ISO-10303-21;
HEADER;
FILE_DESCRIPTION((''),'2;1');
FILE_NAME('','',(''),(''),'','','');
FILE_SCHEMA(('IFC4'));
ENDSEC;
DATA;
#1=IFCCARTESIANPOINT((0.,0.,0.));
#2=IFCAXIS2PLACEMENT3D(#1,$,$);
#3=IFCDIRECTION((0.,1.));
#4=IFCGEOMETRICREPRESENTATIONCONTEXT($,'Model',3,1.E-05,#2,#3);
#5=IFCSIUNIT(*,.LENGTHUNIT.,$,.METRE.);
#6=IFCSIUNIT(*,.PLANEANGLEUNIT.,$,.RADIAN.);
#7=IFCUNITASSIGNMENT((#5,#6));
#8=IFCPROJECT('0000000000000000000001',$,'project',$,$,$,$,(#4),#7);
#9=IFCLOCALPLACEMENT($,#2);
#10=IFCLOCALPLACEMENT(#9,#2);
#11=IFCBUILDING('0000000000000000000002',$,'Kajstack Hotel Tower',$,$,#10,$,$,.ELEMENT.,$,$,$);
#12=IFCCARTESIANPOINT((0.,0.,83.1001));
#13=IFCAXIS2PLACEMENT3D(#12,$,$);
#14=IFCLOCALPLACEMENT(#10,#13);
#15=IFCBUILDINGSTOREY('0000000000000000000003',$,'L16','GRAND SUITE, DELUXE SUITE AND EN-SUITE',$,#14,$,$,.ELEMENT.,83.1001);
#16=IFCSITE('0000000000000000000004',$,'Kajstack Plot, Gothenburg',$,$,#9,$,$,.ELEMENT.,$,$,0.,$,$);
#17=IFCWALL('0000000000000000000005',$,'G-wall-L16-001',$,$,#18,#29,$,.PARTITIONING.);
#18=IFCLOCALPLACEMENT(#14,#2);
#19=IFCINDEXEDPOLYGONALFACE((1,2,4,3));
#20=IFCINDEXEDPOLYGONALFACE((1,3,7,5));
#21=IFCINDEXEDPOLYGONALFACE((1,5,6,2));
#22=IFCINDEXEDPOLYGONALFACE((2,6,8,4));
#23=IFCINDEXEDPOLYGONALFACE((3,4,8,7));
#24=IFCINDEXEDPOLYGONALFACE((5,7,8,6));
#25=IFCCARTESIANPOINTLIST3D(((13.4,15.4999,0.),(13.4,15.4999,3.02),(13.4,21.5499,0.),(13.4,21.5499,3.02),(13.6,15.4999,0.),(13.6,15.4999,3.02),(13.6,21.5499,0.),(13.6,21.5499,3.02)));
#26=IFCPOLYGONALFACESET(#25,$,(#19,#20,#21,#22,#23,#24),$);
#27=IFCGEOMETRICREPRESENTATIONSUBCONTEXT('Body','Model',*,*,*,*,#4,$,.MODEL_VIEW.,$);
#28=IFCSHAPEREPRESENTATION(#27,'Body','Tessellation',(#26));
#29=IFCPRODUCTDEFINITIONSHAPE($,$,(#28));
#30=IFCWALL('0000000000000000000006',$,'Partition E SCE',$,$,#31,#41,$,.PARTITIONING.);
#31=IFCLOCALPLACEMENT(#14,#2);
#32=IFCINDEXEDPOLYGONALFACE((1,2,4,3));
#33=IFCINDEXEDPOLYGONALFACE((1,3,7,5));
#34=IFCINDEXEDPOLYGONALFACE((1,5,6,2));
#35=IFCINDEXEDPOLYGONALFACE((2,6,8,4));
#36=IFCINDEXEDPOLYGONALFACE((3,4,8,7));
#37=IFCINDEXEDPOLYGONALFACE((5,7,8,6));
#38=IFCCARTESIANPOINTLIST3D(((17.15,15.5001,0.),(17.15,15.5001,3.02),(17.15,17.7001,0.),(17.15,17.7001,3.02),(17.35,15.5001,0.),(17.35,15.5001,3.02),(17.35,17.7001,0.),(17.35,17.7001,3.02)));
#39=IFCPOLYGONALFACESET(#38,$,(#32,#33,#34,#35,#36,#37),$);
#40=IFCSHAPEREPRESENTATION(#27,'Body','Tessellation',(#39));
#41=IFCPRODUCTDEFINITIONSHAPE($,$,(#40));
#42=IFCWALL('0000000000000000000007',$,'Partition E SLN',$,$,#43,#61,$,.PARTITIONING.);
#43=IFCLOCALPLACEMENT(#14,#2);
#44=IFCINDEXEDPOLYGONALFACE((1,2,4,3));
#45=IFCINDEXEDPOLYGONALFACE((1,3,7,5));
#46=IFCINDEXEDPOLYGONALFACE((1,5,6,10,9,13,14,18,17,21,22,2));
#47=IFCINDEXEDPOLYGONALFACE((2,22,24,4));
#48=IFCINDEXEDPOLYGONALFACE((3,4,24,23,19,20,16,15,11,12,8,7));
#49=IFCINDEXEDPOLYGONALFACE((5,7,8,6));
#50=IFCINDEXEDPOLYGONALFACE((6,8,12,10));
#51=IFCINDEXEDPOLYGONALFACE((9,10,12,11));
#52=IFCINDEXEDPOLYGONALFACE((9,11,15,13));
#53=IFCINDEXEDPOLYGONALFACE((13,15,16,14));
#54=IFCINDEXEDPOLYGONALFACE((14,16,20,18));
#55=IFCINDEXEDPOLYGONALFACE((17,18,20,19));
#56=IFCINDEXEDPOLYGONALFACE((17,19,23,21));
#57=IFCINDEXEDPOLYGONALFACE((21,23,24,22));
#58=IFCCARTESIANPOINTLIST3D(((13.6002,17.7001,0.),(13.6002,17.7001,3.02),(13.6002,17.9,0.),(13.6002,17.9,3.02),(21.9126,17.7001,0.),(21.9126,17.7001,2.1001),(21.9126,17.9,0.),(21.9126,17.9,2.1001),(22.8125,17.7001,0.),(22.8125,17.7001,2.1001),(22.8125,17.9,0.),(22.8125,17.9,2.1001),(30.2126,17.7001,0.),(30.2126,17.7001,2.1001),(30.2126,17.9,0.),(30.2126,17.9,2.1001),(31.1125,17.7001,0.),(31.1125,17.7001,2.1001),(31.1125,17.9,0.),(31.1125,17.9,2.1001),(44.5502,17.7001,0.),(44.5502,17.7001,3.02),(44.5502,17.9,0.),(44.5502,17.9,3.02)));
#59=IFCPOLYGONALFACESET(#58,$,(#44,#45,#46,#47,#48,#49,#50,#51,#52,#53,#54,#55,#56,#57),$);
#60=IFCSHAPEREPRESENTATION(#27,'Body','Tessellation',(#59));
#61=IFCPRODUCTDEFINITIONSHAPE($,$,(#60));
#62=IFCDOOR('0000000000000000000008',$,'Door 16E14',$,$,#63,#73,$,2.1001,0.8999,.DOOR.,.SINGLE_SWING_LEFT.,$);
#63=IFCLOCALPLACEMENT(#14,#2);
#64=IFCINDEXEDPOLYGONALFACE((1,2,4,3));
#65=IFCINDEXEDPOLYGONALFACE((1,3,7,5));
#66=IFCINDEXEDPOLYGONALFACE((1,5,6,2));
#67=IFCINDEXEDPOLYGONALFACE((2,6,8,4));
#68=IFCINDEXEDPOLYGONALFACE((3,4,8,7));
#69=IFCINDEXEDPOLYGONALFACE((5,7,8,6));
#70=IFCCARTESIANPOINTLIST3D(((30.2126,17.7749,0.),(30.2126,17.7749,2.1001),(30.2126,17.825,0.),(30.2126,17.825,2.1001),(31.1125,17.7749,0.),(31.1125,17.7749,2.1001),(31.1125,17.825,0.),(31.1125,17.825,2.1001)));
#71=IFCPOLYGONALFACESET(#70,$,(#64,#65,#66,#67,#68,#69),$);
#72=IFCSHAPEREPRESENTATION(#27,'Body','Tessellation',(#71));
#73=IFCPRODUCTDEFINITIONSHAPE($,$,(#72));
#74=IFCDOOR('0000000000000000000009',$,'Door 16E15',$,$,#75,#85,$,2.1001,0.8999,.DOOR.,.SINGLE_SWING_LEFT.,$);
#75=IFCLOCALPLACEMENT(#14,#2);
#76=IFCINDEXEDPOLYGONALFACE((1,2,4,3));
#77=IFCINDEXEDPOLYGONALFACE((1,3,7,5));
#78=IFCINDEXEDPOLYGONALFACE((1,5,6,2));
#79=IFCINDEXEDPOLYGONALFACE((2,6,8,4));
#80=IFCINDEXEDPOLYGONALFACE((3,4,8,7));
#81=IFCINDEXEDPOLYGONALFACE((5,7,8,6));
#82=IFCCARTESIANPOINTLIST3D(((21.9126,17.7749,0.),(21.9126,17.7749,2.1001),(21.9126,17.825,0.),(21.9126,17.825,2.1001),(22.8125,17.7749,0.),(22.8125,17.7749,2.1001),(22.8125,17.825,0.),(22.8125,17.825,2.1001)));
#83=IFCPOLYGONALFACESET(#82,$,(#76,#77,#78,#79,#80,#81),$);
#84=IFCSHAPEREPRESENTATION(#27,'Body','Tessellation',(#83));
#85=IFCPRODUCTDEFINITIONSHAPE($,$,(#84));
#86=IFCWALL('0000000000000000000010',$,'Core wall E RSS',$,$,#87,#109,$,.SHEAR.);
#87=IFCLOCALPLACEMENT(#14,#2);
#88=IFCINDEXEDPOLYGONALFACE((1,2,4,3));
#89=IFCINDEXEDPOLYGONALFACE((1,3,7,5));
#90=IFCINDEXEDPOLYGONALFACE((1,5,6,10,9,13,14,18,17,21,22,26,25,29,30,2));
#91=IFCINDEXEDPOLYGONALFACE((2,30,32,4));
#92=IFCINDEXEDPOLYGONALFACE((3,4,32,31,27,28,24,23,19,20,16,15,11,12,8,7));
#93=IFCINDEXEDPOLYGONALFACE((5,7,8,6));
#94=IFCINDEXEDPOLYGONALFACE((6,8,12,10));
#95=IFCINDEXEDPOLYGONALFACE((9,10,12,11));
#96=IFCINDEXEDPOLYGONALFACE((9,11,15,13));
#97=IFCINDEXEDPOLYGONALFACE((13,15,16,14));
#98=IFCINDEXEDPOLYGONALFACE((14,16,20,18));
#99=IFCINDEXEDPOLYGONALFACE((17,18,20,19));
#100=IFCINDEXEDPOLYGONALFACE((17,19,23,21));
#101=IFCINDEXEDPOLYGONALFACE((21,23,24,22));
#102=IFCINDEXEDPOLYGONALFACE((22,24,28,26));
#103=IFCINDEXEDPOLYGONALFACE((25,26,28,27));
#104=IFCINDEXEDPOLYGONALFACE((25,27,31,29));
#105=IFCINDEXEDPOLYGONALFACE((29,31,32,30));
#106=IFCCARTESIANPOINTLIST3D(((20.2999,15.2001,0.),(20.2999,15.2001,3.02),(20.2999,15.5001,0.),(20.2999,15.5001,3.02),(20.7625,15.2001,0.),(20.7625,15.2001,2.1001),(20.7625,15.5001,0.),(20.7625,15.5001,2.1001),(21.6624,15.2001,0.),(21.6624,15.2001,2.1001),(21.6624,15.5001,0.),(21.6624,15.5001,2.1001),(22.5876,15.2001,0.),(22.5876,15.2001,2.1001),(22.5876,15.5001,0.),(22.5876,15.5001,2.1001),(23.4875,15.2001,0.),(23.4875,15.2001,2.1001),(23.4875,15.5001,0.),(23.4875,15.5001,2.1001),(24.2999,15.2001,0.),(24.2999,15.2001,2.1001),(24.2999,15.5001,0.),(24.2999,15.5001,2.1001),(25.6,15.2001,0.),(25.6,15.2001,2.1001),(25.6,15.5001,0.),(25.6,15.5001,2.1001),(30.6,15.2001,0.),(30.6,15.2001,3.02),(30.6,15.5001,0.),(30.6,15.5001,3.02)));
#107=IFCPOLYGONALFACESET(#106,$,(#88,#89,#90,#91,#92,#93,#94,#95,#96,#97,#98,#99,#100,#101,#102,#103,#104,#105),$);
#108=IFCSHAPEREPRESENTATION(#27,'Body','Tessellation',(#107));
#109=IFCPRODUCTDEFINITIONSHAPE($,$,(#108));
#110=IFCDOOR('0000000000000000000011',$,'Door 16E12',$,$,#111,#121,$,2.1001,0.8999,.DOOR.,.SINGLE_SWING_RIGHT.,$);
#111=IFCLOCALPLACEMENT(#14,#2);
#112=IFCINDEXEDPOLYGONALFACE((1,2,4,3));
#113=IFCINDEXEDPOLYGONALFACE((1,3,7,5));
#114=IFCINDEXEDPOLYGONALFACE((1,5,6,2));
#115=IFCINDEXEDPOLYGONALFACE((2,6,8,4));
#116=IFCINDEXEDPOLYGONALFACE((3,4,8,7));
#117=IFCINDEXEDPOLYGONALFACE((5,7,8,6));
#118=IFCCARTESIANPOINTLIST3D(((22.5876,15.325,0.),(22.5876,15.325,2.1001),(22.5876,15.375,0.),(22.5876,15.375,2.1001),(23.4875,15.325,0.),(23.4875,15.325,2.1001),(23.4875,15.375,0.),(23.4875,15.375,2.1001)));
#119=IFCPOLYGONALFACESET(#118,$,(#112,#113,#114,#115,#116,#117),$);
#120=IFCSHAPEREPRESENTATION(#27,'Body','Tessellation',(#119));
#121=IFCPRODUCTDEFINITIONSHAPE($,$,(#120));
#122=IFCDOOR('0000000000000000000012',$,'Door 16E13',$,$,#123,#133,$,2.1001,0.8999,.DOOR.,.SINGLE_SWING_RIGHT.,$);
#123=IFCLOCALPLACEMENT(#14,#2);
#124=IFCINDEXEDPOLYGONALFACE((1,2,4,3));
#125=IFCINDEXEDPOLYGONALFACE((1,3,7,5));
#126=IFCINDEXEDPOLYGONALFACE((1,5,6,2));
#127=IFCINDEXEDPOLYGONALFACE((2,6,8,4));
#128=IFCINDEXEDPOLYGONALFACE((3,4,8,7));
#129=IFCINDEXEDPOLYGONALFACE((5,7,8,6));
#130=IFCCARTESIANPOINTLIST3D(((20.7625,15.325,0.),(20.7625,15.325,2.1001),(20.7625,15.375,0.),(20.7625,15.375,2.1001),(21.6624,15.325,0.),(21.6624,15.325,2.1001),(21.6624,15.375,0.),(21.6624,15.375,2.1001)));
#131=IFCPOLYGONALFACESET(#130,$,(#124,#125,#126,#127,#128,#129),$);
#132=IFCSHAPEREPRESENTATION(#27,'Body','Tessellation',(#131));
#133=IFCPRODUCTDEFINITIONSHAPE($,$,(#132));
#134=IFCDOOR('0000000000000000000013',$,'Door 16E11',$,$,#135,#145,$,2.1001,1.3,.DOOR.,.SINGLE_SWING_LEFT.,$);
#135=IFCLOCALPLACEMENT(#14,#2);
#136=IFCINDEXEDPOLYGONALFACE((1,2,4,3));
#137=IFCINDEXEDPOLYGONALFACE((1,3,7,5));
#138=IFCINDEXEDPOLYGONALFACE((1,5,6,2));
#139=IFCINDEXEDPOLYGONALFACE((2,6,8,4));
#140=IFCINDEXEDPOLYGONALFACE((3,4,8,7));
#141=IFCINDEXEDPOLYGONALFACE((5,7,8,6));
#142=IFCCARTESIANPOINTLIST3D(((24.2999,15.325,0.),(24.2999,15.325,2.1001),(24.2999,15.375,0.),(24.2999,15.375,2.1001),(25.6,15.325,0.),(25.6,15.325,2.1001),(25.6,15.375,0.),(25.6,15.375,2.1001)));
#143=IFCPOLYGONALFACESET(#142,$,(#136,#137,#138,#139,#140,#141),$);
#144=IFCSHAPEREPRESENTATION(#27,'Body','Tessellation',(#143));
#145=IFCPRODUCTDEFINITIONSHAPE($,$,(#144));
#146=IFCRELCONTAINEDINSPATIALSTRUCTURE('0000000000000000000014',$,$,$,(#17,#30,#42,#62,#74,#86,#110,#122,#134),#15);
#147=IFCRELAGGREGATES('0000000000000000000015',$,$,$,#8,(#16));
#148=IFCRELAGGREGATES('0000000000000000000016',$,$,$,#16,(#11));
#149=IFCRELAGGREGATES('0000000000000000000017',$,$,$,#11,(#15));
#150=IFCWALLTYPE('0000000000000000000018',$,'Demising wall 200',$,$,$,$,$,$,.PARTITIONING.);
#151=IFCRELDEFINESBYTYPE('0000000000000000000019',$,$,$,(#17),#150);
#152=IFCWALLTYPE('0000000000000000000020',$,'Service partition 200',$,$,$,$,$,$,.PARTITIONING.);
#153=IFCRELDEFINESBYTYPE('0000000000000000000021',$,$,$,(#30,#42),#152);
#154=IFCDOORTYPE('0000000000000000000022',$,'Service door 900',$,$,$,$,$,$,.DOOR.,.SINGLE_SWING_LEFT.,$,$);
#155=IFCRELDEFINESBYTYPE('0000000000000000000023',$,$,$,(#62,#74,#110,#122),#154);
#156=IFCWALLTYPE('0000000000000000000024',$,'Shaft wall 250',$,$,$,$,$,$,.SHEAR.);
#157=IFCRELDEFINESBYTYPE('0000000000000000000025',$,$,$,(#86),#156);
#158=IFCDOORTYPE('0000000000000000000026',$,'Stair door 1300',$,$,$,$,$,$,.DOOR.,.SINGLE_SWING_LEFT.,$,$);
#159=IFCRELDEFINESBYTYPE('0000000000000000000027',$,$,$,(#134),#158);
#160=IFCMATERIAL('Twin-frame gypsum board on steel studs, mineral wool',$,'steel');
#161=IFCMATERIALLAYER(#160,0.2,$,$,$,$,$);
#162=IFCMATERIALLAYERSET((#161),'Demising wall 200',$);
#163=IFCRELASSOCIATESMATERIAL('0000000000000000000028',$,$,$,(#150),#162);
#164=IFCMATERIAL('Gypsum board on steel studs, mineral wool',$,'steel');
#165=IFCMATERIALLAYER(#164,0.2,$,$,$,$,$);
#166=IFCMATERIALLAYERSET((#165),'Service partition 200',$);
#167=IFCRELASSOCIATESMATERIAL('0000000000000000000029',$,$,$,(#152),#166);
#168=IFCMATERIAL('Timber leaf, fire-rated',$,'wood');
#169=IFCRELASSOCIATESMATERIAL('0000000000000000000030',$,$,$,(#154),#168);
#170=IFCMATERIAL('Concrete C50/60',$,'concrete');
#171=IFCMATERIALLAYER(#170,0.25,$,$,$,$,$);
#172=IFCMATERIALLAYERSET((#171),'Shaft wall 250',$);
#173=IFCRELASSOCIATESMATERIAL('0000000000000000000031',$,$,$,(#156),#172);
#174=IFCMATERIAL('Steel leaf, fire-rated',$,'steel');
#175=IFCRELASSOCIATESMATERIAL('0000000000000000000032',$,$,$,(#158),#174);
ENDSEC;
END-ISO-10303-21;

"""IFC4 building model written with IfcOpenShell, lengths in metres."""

from ifc_helpers import new_model, si_unit, direction, frame, frame_2d, origin, place, context, subcontext, project, spatial, rectangle, extrude, material, layer, layer_set, type_object, element, fill, save


model = new_model("IFC4")

# Units and contexts
model_context = context("Model", 3, precision=1e-05, world=origin(), true_north=direction((0.0, 1.0)))
body_context = subcontext(model_context, "Body", "Model", "MODEL_VIEW")
ifc_project = project(units=[si_unit("LENGTHUNIT", "METRE"), si_unit("PLANEANGLEUNIT", "RADIAN")], contexts=[model_context])

# Site, building, storey
site_placement = place(None, origin())
site = spatial("IfcSite", under=ifc_project, at=site_placement, Name="Kajstack Plot, Gothenburg", CompositionType="ELEMENT", RefElevation=0.0)
building_placement = place(site_placement, origin())
building = spatial("IfcBuilding", under=site, at=building_placement, Name="Kajstack Hotel Tower", CompositionType="ELEMENT")
storey_placement = place(building_placement, frame((0.0, 0.0, 83.1001)))
storey = spatial("IfcBuildingStorey", under=building, at=storey_placement, Name="L16", Description="GRAND SUITE, DELUXE SUITE AND EN-SUITE", CompositionType="ELEMENT", Elevation=83.1001)

# Wall
ifc_material_1 = material(Name="Twin-frame gypsum board on steel studs, mineral wool", Category="steel")
ifc_layer_1 = layer(ifc_material_1, 0.2)
ifc_layer_set_1 = layer_set([ifc_layer_1], Name="Demising wall 200")
wall_type_1 = type_object("IfcWallType", Name="Demising wall 200", PredefinedType="PARTITIONING", material=ifc_layer_set_1)
wall_1_placement = place(storey_placement, frame((13.5, 15.5, 0.0), z_axis=(0.0, 0.0, 1.0), x_axis=(0.0, 1.0, 0.0)))
element("IfcWall", 1, at=wall_1_placement, inside=storey, type_object=wall_type_1, Name="G-wall-L16-001", PredefinedType="PARTITIONING", context=body_context, shape_type="SweptSolid", body=[
    extrude(rectangle(XDim=6.05, YDim=0.2, at=frame_2d((3.0249, 0.0))), origin(), (0.0, 0.0, 1.0), 3.02),
])

# Wall
ifc_material_2 = material(Name="Gypsum board on steel studs, mineral wool", Category="steel")
ifc_layer_2 = layer(ifc_material_2, 0.2)
ifc_layer_set_2 = layer_set([ifc_layer_2], Name="Service partition 200")
wall_type_2 = type_object("IfcWallType", Name="Service partition 200", PredefinedType="PARTITIONING", material=ifc_layer_set_2)
wall_2_placement = place(storey_placement, frame((17.25, 15.5, 0.0), z_axis=(0.0, 0.0, 1.0), x_axis=(0.0, 1.0, 0.0)))
element("IfcWall", 2, at=wall_2_placement, inside=storey, type_object=wall_type_2, Name="Partition E SCE", PredefinedType="PARTITIONING", context=body_context, shape_type="SweptSolid", body=[
    extrude(rectangle(XDim=2.2, YDim=0.2, at=frame_2d((1.1001, 0.0))), origin(), (0.0, 0.0, 1.0), 3.02),
])

# Walls, openings, doors
wall_3_placement = place(storey_placement, frame((13.6001, 17.8, 0.0), z_axis=(0.0, 0.0, 1.0), x_axis=(1.0, 0.0, 0.0)))
wall_3 = element("IfcWall", 3, at=wall_3_placement, inside=storey, type_object=wall_type_2, Name="Partition E SLN", PredefinedType="PARTITIONING", context=body_context, shape_type="SweptSolid", body=[
    extrude(rectangle(XDim=30.95, YDim=0.2, at=frame_2d((15.4751, 0.0))), origin(), (0.0, 0.0, 1.0), 3.02),
])
opening_1_placement = place(wall_3_placement, frame((16.6125, 0.0, 0.0)))
opening_1 = element("IfcOpeningElement", 4, at=opening_1_placement, cuts=wall_3, PredefinedType="OPENING", context=body_context, shape_type="SweptSolid", body=[
    extrude(rectangle(XDim=0.8999, YDim=2.1001, at=frame_2d((0.45, 1.05))), frame((0.0, 0.1099, 0.0), z_axis=(0.0, -1.0, 0.0), x_axis=(1.0, 0.0, 0.0)), (0.0, 0.0, 1.0), 0.22),
])
opening_2_placement = place(wall_3_placement, frame((8.3125, 0.0, 0.0)))
opening_2 = element("IfcOpeningElement", 5, at=opening_2_placement, cuts=wall_3, PredefinedType="OPENING", context=body_context, shape_type="SweptSolid", body=[
    extrude(rectangle(XDim=0.8999, YDim=2.1001, at=frame_2d((0.45, 1.05))), frame((0.0, 0.1099, 0.0), z_axis=(0.0, -1.0, 0.0), x_axis=(1.0, 0.0, 0.0)), (0.0, 0.0, 1.0), 0.22),
])
ifc_material_3 = material(Name="Timber leaf, fire-rated", Category="wood")
door_type_1 = type_object("IfcDoorType", Name="Service door 900", OperationType="SINGLE_SWING_LEFT", PredefinedType="DOOR", material=ifc_material_3)
door_1_placement = place(opening_1_placement, origin())
door_1 = element("IfcDoor", 6, at=door_1_placement, inside=storey, type_object=door_type_1, Name="Door 16E14", OperationType="SINGLE_SWING_LEFT", OverallHeight=2.1001, OverallWidth=0.8999, PredefinedType="DOOR", context=body_context, shape_type="SweptSolid", body=[
    extrude(rectangle(XDim=0.8999, YDim=2.1001, at=frame_2d((0.45, 1.05))), frame((0.0, 0.0249, 0.0), z_axis=(0.0, -1.0, 0.0), x_axis=(1.0, 0.0, 0.0)), (0.0, 0.0, 1.0), 0.05),
])
fill(opening_1, door_1)
door_2_placement = place(opening_2_placement, origin())
door_2 = element("IfcDoor", 7, at=door_2_placement, inside=storey, type_object=door_type_1, Name="Door 16E15", OperationType="SINGLE_SWING_LEFT", OverallHeight=2.1001, OverallWidth=0.8999, PredefinedType="DOOR", context=body_context, shape_type="SweptSolid", body=[
    extrude(rectangle(XDim=0.8999, YDim=2.1001, at=frame_2d((0.45, 1.05))), frame((0.0, 0.0249, 0.0), z_axis=(0.0, -1.0, 0.0), x_axis=(1.0, 0.0, 0.0)), (0.0, 0.0, 1.0), 0.05),
])
fill(opening_2, door_2)
ifc_material_4 = material(Name="Concrete C50/60", Category="concrete")
ifc_layer_3 = layer(ifc_material_4, 0.25)
ifc_layer_set_3 = layer_set([ifc_layer_3], Name="Shaft wall 250")
wall_type_3 = type_object("IfcWallType", Name="Shaft wall 250", PredefinedType="SHEAR", material=ifc_layer_set_3)
wall_4_placement = place(storey_placement, frame((20.3, 15.3501, 0.0), z_axis=(0.0, 0.0, 1.0), x_axis=(1.0, 0.0, 0.0)))
wall_4 = element("IfcWall", 8, at=wall_4_placement, inside=storey, type_object=wall_type_3, Name="Core wall E RSS", PredefinedType="SHEAR", context=body_context, shape_type="SweptSolid", body=[
    extrude(rectangle(XDim=10.3, YDim=0.3, at=frame_2d((5.1499, 0.0))), origin(), (0.0, 0.0, 1.0), 3.02),
])
opening_3_placement = place(wall_4_placement, frame((4.0, 0.0, 0.0)))
opening_3 = element("IfcOpeningElement", 9, at=opening_3_placement, cuts=wall_4, PredefinedType="OPENING", context=body_context, shape_type="SweptSolid", body=[
    extrude(rectangle(XDim=1.3, YDim=2.1001, at=frame_2d((0.6499, 1.05))), frame((0.0, 0.1599, 0.0), z_axis=(0.0, -1.0, 0.0), x_axis=(1.0, 0.0, 0.0)), (0.0, 0.0, 1.0), 0.3201),
])
opening_4_placement = place(wall_4_placement, frame((2.2876, 0.0, 0.0)))
opening_4 = element("IfcOpeningElement", 10, at=opening_4_placement, cuts=wall_4, PredefinedType="OPENING", context=body_context, shape_type="SweptSolid", body=[
    extrude(rectangle(XDim=0.8999, YDim=2.1001, at=frame_2d((0.45, 1.05))), frame((0.0, 0.1599, 0.0), z_axis=(0.0, -1.0, 0.0), x_axis=(1.0, 0.0, 0.0)), (0.0, 0.0, 1.0), 0.3201),
])
opening_5_placement = place(wall_4_placement, frame((0.4624, 0.0, 0.0)))
opening_5 = element("IfcOpeningElement", 11, at=opening_5_placement, cuts=wall_4, PredefinedType="OPENING", context=body_context, shape_type="SweptSolid", body=[
    extrude(rectangle(XDim=0.8999, YDim=2.1001, at=frame_2d((0.45, 1.05))), frame((0.0, 0.1599, 0.0), z_axis=(0.0, -1.0, 0.0), x_axis=(1.0, 0.0, 0.0)), (0.0, 0.0, 1.0), 0.3201),
])
door_3_placement = place(opening_4_placement, origin())
door_3 = element("IfcDoor", 12, at=door_3_placement, inside=storey, type_object=door_type_1, Name="Door 16E12", OperationType="SINGLE_SWING_RIGHT", OverallHeight=2.1001, OverallWidth=0.8999, PredefinedType="DOOR", context=body_context, shape_type="SweptSolid", body=[
    extrude(rectangle(XDim=0.8999, YDim=2.1001, at=frame_2d((0.45, 1.05))), frame((0.0, 0.0249, 0.0), z_axis=(0.0, -1.0, 0.0), x_axis=(1.0, 0.0, 0.0)), (0.0, 0.0, 1.0), 0.05),
])
fill(opening_4, door_3)
door_4_placement = place(opening_5_placement, origin())
door_4 = element("IfcDoor", 13, at=door_4_placement, inside=storey, type_object=door_type_1, Name="Door 16E13", OperationType="SINGLE_SWING_RIGHT", OverallHeight=2.1001, OverallWidth=0.8999, PredefinedType="DOOR", context=body_context, shape_type="SweptSolid", body=[
    extrude(rectangle(XDim=0.8999, YDim=2.1001, at=frame_2d((0.45, 1.05))), frame((0.0, 0.0249, 0.0), z_axis=(0.0, -1.0, 0.0), x_axis=(1.0, 0.0, 0.0)), (0.0, 0.0, 1.0), 0.05),
])
fill(opening_5, door_4)
ifc_material_5 = material(Name="Steel leaf, fire-rated", Category="steel")
door_type_2 = type_object("IfcDoorType", Name="Stair door 1300", OperationType="SINGLE_SWING_LEFT", PredefinedType="DOOR", material=ifc_material_5)
door_5_placement = place(opening_3_placement, origin())
door_5 = element("IfcDoor", 14, at=door_5_placement, inside=storey, type_object=door_type_2, Name="Door 16E11", OperationType="SINGLE_SWING_LEFT", OverallHeight=2.1001, OverallWidth=1.3, PredefinedType="DOOR", context=body_context, shape_type="SweptSolid", body=[
    extrude(rectangle(XDim=1.3, YDim=2.1001, at=frame_2d((0.6499, 1.05))), frame((0.0, 0.0249, 0.0), z_axis=(0.0, -1.0, 0.0), x_axis=(1.0, 0.0, 0.0)), (0.0, 0.0, 1.0), 0.05),
])
fill(opening_3, door_5)

save(model, "model.ifc")
